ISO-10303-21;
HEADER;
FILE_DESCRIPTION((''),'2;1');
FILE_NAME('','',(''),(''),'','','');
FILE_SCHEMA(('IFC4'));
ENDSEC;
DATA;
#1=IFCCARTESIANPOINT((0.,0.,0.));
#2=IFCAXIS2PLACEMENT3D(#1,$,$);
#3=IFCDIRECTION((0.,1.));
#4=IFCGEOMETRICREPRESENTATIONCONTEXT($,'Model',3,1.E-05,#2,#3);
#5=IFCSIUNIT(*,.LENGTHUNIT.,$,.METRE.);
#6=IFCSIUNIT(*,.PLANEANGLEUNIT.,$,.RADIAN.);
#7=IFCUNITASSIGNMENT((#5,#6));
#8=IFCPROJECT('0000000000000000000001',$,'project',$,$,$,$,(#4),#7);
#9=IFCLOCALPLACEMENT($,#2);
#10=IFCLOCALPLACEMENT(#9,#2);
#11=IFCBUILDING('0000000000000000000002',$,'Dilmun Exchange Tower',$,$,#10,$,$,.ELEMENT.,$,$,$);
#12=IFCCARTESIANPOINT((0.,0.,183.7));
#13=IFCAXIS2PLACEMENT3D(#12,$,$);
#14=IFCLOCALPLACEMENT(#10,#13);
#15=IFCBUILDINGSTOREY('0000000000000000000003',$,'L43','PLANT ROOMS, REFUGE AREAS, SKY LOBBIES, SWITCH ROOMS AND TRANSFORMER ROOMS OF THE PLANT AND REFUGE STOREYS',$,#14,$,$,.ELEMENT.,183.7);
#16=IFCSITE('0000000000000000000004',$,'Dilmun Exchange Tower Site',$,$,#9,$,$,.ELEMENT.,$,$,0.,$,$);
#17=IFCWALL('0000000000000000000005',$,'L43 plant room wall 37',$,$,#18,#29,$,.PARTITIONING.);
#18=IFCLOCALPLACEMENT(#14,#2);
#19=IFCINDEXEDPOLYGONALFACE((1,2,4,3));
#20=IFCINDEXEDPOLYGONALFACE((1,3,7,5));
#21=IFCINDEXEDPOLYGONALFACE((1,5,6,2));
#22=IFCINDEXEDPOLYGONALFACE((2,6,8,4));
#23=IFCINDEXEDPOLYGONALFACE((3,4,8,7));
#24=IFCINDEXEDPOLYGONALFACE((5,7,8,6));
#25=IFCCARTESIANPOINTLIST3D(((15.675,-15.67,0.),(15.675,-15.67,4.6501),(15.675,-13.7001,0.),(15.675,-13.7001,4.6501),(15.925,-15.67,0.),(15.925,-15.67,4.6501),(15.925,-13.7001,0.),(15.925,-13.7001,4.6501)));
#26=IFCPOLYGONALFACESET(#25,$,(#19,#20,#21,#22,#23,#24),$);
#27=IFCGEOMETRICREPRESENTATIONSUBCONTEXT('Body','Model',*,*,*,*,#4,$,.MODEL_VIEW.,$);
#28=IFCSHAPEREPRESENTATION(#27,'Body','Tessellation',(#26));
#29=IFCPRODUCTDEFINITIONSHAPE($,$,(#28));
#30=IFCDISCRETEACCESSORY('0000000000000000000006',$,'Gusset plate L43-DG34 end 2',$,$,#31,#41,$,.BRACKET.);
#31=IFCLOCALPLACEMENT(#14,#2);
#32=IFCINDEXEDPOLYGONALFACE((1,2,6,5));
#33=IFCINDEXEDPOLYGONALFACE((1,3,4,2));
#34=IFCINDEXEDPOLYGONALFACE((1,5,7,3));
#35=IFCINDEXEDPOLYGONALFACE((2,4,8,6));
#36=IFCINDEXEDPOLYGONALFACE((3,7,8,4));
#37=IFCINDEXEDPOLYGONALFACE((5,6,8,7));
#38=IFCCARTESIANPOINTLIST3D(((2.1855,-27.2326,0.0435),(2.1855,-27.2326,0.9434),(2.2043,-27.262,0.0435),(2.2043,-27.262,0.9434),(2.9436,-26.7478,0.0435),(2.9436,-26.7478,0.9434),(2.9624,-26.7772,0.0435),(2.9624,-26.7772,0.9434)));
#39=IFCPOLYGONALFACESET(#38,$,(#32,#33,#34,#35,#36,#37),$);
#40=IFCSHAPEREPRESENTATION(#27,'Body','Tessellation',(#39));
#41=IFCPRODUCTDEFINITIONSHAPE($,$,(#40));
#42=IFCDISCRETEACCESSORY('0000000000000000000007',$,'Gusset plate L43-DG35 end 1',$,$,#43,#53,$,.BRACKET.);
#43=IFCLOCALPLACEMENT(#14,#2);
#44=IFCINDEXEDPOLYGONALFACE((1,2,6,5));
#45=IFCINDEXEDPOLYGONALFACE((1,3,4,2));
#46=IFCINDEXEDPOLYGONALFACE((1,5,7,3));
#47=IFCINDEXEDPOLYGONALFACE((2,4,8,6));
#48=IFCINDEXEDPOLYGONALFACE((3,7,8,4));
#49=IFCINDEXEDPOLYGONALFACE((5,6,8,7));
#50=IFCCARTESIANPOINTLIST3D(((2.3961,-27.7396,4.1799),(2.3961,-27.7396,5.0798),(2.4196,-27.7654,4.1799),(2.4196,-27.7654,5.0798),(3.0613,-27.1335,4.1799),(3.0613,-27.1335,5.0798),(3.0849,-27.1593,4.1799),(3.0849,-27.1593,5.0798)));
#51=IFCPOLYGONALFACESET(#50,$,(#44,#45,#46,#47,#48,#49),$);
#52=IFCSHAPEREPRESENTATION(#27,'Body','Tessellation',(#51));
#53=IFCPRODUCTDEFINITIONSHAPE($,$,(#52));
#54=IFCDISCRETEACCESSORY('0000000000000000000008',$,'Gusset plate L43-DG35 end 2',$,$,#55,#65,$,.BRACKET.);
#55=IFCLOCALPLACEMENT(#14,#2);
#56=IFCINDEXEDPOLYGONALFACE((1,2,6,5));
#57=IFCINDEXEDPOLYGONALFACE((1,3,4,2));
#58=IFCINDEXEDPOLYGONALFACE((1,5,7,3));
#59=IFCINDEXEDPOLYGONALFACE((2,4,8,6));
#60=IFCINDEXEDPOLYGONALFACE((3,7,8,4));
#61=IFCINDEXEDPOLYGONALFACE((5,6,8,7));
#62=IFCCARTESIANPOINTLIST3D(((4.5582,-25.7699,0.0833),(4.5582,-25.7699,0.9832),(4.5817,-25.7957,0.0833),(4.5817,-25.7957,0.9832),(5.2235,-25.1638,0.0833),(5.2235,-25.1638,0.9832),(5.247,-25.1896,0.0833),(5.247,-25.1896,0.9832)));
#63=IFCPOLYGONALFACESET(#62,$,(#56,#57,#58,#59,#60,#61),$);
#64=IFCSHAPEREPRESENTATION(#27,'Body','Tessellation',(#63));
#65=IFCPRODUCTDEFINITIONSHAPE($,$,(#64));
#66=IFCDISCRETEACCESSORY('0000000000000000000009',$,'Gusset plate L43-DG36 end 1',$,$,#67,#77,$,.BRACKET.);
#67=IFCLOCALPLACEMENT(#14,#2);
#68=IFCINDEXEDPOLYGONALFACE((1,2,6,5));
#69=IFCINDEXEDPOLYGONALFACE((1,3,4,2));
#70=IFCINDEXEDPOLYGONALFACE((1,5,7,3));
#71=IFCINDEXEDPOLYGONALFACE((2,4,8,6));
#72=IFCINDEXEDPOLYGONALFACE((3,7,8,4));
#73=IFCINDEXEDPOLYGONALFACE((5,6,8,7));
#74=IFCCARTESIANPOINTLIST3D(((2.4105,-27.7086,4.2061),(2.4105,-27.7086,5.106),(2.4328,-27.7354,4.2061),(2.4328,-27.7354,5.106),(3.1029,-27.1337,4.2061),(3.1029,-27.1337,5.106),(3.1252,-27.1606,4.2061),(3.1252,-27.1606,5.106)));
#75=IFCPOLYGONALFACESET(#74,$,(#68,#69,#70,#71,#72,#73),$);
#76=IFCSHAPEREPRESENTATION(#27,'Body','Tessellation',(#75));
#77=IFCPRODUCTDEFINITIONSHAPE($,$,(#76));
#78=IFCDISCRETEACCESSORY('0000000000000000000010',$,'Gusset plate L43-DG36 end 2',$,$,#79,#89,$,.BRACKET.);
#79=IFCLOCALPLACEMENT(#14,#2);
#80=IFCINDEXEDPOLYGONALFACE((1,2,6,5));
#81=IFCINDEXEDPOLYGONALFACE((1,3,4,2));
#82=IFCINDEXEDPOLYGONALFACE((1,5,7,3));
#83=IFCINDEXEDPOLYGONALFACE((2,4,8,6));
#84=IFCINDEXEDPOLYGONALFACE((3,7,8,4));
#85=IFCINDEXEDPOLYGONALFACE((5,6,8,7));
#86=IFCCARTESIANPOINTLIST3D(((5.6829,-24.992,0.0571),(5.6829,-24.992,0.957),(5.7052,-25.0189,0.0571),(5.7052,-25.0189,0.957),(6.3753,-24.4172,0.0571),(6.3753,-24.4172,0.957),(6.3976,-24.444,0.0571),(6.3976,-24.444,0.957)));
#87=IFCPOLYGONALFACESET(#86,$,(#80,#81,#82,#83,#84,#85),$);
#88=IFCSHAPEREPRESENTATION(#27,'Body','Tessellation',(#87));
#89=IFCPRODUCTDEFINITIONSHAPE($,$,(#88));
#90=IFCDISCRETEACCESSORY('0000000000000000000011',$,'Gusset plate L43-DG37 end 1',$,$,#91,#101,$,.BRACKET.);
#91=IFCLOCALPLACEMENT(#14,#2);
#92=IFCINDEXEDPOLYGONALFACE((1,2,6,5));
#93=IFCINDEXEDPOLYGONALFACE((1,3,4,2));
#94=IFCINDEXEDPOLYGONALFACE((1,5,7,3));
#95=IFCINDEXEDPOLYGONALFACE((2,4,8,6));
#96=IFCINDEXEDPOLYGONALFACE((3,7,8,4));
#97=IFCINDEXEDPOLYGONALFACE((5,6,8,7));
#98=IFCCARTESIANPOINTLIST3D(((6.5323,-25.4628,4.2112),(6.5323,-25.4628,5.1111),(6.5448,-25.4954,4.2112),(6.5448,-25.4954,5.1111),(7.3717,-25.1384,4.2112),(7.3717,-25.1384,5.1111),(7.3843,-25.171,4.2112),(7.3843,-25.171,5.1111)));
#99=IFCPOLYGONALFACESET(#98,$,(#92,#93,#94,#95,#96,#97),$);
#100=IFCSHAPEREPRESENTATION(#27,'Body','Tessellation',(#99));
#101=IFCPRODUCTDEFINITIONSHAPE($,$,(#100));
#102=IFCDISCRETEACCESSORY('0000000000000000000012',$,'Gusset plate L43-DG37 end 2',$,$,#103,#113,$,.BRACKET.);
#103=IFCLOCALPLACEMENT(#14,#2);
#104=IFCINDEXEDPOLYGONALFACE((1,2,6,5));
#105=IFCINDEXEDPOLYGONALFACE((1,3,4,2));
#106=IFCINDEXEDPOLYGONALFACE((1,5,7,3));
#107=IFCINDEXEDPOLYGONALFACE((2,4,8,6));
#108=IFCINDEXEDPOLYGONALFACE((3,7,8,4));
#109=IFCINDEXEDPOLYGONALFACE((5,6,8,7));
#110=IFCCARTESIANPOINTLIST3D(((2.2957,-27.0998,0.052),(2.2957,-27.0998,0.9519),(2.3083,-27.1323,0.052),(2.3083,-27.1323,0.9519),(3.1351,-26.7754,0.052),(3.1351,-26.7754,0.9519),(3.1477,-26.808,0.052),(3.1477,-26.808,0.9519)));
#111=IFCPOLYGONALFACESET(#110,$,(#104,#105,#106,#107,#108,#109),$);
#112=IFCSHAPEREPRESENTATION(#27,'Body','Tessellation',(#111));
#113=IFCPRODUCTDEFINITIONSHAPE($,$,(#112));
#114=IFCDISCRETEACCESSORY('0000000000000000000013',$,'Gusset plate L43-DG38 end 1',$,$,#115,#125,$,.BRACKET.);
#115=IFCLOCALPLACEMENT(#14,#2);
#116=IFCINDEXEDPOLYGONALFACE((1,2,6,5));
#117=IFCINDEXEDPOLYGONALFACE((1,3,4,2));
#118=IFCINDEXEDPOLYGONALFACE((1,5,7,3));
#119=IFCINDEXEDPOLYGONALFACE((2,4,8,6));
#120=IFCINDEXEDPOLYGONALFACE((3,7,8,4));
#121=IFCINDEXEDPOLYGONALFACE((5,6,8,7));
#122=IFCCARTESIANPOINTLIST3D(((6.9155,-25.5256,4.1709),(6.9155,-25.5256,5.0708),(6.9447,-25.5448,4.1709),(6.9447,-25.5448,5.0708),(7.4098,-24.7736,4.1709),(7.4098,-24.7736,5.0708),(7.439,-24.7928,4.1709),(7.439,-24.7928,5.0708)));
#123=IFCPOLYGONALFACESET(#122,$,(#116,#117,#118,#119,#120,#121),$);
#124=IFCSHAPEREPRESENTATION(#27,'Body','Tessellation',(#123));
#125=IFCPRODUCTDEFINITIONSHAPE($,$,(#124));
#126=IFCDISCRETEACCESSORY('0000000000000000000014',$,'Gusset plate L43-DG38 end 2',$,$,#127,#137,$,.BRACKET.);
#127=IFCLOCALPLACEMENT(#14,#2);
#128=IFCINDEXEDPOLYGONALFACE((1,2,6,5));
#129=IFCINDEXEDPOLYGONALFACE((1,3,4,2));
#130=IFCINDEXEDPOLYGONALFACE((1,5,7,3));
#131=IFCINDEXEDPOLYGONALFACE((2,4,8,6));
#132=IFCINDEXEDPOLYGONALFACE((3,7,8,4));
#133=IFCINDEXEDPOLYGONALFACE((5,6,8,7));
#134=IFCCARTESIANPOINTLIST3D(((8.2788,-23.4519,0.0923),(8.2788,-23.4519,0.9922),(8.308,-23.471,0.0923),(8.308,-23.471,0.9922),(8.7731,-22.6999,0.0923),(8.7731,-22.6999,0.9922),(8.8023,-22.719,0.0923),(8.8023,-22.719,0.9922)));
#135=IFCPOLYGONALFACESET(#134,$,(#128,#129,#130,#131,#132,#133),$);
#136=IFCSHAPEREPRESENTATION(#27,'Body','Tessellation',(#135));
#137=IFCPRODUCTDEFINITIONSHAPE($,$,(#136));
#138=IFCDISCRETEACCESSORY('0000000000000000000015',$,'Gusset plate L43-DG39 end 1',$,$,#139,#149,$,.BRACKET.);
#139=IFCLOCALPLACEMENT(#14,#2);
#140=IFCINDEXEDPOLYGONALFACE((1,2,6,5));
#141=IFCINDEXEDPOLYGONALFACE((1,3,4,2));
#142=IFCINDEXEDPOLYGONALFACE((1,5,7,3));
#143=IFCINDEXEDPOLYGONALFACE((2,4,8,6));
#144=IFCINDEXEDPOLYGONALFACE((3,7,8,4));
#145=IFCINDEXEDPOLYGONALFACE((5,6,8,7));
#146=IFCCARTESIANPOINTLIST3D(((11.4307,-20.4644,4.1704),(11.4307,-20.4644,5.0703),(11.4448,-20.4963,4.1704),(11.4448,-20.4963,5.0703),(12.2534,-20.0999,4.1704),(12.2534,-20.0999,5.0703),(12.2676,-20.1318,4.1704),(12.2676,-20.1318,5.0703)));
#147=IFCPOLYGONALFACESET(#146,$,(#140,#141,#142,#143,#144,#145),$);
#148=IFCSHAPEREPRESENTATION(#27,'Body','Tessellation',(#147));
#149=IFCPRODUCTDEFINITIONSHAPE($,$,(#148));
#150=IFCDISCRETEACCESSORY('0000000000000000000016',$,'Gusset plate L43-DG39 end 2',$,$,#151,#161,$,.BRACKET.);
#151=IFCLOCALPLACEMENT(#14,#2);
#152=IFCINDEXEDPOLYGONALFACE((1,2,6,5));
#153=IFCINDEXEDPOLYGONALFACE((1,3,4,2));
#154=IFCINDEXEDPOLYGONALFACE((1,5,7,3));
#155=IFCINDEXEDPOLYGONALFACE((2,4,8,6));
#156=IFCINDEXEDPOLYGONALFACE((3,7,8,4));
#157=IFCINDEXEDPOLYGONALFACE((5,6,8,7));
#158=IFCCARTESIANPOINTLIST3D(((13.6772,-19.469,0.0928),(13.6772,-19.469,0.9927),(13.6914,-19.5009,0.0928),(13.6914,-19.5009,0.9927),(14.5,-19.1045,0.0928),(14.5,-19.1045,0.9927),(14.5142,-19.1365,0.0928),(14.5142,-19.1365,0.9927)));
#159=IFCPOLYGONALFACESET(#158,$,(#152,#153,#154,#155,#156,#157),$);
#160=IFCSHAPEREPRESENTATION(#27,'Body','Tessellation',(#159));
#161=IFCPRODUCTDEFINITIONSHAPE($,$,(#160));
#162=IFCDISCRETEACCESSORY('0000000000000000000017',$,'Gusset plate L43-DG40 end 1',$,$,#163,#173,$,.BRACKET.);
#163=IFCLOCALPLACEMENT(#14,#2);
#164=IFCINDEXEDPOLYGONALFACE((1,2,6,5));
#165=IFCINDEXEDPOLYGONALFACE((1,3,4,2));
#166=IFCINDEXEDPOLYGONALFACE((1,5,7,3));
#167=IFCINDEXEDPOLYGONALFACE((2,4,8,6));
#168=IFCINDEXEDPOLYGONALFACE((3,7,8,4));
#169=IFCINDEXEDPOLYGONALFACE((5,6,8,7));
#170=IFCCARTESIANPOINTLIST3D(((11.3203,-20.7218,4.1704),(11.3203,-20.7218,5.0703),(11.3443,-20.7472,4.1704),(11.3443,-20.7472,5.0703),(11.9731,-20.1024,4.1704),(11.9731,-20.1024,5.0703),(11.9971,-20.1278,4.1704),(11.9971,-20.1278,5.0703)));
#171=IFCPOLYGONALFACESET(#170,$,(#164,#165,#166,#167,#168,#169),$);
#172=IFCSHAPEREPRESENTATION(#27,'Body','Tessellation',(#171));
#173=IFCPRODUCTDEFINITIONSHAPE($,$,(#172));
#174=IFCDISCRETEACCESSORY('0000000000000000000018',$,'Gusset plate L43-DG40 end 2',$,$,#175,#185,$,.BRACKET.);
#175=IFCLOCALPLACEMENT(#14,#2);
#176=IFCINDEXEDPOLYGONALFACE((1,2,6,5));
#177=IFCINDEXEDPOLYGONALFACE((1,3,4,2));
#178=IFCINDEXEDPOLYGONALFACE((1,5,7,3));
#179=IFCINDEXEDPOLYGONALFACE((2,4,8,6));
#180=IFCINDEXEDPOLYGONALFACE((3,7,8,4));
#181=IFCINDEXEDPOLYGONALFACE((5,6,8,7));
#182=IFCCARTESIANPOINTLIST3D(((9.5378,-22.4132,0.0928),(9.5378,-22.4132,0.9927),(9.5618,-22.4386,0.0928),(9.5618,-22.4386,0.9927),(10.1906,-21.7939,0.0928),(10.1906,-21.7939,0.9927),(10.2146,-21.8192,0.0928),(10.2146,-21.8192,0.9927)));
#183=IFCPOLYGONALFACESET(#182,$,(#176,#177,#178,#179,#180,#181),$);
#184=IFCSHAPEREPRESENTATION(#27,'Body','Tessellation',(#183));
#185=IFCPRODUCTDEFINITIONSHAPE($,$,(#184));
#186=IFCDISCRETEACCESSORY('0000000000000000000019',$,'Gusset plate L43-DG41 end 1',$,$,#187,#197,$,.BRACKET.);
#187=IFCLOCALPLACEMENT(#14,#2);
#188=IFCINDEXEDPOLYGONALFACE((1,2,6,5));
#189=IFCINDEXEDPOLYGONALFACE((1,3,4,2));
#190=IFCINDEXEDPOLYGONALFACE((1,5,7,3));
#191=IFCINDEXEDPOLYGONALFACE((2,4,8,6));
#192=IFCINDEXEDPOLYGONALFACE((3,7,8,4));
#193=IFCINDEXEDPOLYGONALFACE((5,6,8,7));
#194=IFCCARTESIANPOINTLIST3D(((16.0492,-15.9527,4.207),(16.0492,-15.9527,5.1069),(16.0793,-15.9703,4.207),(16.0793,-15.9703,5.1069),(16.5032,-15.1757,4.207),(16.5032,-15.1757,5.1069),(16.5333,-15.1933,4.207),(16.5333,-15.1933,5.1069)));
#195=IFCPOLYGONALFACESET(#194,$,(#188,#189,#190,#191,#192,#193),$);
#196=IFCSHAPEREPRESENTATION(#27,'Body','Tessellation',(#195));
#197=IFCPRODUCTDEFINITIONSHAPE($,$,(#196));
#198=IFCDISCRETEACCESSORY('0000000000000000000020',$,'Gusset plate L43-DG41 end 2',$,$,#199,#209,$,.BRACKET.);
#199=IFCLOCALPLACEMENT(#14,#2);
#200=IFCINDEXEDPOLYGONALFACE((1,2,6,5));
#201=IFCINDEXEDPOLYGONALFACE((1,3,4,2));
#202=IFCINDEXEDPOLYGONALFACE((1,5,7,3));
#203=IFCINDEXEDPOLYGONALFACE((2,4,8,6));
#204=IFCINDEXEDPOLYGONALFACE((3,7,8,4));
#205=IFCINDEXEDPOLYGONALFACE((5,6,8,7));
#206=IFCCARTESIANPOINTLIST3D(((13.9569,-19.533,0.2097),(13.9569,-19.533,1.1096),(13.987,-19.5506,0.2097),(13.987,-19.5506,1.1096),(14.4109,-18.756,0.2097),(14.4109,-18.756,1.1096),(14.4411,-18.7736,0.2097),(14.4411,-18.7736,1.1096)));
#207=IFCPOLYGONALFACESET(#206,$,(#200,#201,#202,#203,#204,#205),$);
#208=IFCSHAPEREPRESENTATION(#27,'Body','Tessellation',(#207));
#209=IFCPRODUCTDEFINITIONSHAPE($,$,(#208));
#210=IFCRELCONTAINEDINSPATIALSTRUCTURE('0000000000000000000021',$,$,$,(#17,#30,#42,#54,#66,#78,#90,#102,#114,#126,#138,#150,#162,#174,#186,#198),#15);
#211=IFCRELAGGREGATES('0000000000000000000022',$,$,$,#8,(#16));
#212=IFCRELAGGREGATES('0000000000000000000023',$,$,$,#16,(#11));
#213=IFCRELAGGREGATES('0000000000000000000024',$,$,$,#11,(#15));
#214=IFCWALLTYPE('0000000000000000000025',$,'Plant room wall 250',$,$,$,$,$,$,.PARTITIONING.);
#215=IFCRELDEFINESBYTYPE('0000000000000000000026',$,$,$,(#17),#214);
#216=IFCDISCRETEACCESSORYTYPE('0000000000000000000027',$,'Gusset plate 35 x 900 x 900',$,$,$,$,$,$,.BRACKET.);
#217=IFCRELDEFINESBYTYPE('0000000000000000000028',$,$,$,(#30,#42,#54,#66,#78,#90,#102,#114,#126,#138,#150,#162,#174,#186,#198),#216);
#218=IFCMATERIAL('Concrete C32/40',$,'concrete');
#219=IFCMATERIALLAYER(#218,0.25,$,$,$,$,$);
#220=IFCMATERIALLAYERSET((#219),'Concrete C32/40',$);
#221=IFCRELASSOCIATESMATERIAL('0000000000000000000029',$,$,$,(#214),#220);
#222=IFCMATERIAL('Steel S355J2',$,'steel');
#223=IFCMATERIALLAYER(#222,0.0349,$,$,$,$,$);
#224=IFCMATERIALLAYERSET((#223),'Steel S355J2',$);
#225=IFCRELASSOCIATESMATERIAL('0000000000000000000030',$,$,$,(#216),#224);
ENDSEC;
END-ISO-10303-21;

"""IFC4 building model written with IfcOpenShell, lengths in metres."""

from ifc_helpers import new_model, si_unit, direction, frame, frame_2d, origin, origin_2d, place, context, subcontext, project, spatial, rectangle, extrude, material, layer, layer_set, type_object, element, save


model = new_model("IFC4")

# Units and contexts
model_context = context("Model", 3, precision=1e-05, world=origin(), true_north=direction((0.0, 1.0)))
body_context = subcontext(model_context, "Body", "Model", "MODEL_VIEW")
ifc_project = project(units=[si_unit("LENGTHUNIT", "METRE"), si_unit("PLANEANGLEUNIT", "RADIAN")], contexts=[model_context])

# Site, building, storey
site_placement = place(None, origin())
site = spatial("IfcSite", under=ifc_project, at=site_placement, Name="Dilmun Exchange Tower Site", CompositionType="ELEMENT", RefElevation=0.0)
building_placement = place(site_placement, origin())
building = spatial("IfcBuilding", under=site, at=building_placement, Name="Dilmun Exchange Tower", CompositionType="ELEMENT")
storey_placement = place(building_placement, frame((0.0, 0.0, 183.7)))
storey = spatial("IfcBuildingStorey", under=building, at=storey_placement, Name="L43", Description="PLANT ROOMS, REFUGE AREAS, SKY LOBBIES, SWITCH ROOMS AND TRANSFORMER ROOMS OF THE PLANT AND REFUGE STOREYS", CompositionType="ELEMENT", Elevation=183.7)

# Shared definitions
ifc_material_1 = material(Name="Concrete C32/40", Category="concrete")
ifc_layer_1 = layer(ifc_material_1, 0.25)
ifc_layer_set_1 = layer_set([ifc_layer_1], Name="Concrete C32/40")
wall_type = type_object("IfcWallType", Name="Plant room wall 250", PredefinedType="PARTITIONING", material=ifc_layer_set_1)

# Wall
wall_1_placement = place(storey_placement, frame((15.8, -15.6699, 0.0), z_axis=(0.0, 0.0, 1.0), x_axis=(0.0, 1.0, 0.0)))
element("IfcWall", 1, at=wall_1_placement, inside=storey, type_object=wall_type, Name="L43 plant room wall 37", PredefinedType="PARTITIONING", context=body_context, shape_type="SweptSolid", body=[
    extrude(rectangle(XDim=1.97, YDim=0.25, at=frame_2d((0.9849, 0.0))), origin(), (0.0, 0.0, 1.0), 4.6501),
])

# Discrete accessories
ifc_material_2 = material(Name="Steel S355J2", Category="steel")
ifc_layer_2 = layer(ifc_material_2, 0.0349)
ifc_layer_set_2 = layer_set([ifc_layer_2], Name="Steel S355J2")
discrete_accessory_type = type_object("IfcDiscreteAccessoryType", Name="Gusset plate 35 x 900 x 900", PredefinedType="BRACKET", material=ifc_layer_set_2)
for number, where, z_axis, x_axis, name in (
    (2, (2.574, -27.0049, 0.0435), (0.0, 0.0, 1.0), (0.842465, 0.538752, 0.0), "Gusset plate L43-DG34 end 2"),
    (3, (2.7405, -27.4495, 4.1799), (0.0, 0.0, 1.0), (0.739234, 0.673449, 0.0), "Gusset plate L43-DG35 end 1"),
    (4, (4.9026, -25.4797, 0.0833), (0.0, 0.0, 1.0), (0.739234, 0.673449, 0.0), "Gusset plate L43-DG35 end 2"),
    (5, (2.7678, -27.4346, 4.2061), (0.0, 0.0, 1.0), (0.769404, 0.638762, 0.0), "Gusset plate L43-DG36 end 1"),
    (6, (6.0403, -24.718, 0.0571), (0.0, 0.0, 1.0), (0.769404, 0.638762, 0.0), "Gusset plate L43-DG36 end 2"),
    (7, (6.9583, -25.3169, 4.2112), (0.0, 0.0, 1.0), (-0.932783, -0.360438, 0.0), "Gusset plate L43-DG37 end 1"),
    (8, (2.7217, -26.9539, 0.052), (0.0, 0.0, 1.0), (-0.932783, -0.360438, 0.0), "Gusset plate L43-DG37 end 2"),
    (9, (7.1772, -25.1592, 4.1709), (0.0, 0.0, 1.0), (0.549293, 0.83563, 0.0), "Gusset plate L43-DG38 end 1"),
    (10, (8.5405, -23.0854, 0.0923), (0.0, 0.0, 1.0), (0.549293, 0.83563, 0.0), "Gusset plate L43-DG38 end 2"),
    (11, (11.8491, -20.2981, 4.1704), (0.0, 0.0, 1.0), (0.914308, 0.40502, 0.0), "Gusset plate L43-DG39 end 1"),
    (12, (14.0957, -19.3027, 0.0928), (0.0, 0.0, 1.0), (0.914308, 0.40502, 0.0), "Gusset plate L43-DG39 end 2"),
    (13, (11.6587, -20.4248, 4.1704), (0.0, 0.0, 1.0), (-0.725437, -0.688289, 0.0), "Gusset plate L43-DG40 end 1"),
    (14, (9.8762, -22.1162, 0.0928), (0.0, 0.0, 1.0), (-0.725437, -0.688289, 0.0), "Gusset plate L43-DG40 end 2"),
    (15, (16.2913, -15.573, 4.207), (0.0, 0.0, 1.0), (-0.504514, -0.863403, 0.0), "Gusset plate L43-DG41 end 1"),
    (16, (14.199, -19.1533, 0.2097), (0.0, 0.0, 1.0), (-0.504514, -0.863403, 0.0), "Gusset plate L43-DG41 end 2"),
):
    element("IfcDiscreteAccessory", number, at=place(storey_placement, frame(where, z_axis=z_axis, x_axis=x_axis)), inside=storey, type_object=discrete_accessory_type, Name=name, PredefinedType="BRACKET", context=body_context, shape_type="SweptSolid", body=[
        extrude(rectangle(XDim=0.8999, YDim=0.0349, at=origin_2d()), origin(), (0.0, 0.0, 1.0), 0.8999),
    ])

save(model, "model.ifc")
